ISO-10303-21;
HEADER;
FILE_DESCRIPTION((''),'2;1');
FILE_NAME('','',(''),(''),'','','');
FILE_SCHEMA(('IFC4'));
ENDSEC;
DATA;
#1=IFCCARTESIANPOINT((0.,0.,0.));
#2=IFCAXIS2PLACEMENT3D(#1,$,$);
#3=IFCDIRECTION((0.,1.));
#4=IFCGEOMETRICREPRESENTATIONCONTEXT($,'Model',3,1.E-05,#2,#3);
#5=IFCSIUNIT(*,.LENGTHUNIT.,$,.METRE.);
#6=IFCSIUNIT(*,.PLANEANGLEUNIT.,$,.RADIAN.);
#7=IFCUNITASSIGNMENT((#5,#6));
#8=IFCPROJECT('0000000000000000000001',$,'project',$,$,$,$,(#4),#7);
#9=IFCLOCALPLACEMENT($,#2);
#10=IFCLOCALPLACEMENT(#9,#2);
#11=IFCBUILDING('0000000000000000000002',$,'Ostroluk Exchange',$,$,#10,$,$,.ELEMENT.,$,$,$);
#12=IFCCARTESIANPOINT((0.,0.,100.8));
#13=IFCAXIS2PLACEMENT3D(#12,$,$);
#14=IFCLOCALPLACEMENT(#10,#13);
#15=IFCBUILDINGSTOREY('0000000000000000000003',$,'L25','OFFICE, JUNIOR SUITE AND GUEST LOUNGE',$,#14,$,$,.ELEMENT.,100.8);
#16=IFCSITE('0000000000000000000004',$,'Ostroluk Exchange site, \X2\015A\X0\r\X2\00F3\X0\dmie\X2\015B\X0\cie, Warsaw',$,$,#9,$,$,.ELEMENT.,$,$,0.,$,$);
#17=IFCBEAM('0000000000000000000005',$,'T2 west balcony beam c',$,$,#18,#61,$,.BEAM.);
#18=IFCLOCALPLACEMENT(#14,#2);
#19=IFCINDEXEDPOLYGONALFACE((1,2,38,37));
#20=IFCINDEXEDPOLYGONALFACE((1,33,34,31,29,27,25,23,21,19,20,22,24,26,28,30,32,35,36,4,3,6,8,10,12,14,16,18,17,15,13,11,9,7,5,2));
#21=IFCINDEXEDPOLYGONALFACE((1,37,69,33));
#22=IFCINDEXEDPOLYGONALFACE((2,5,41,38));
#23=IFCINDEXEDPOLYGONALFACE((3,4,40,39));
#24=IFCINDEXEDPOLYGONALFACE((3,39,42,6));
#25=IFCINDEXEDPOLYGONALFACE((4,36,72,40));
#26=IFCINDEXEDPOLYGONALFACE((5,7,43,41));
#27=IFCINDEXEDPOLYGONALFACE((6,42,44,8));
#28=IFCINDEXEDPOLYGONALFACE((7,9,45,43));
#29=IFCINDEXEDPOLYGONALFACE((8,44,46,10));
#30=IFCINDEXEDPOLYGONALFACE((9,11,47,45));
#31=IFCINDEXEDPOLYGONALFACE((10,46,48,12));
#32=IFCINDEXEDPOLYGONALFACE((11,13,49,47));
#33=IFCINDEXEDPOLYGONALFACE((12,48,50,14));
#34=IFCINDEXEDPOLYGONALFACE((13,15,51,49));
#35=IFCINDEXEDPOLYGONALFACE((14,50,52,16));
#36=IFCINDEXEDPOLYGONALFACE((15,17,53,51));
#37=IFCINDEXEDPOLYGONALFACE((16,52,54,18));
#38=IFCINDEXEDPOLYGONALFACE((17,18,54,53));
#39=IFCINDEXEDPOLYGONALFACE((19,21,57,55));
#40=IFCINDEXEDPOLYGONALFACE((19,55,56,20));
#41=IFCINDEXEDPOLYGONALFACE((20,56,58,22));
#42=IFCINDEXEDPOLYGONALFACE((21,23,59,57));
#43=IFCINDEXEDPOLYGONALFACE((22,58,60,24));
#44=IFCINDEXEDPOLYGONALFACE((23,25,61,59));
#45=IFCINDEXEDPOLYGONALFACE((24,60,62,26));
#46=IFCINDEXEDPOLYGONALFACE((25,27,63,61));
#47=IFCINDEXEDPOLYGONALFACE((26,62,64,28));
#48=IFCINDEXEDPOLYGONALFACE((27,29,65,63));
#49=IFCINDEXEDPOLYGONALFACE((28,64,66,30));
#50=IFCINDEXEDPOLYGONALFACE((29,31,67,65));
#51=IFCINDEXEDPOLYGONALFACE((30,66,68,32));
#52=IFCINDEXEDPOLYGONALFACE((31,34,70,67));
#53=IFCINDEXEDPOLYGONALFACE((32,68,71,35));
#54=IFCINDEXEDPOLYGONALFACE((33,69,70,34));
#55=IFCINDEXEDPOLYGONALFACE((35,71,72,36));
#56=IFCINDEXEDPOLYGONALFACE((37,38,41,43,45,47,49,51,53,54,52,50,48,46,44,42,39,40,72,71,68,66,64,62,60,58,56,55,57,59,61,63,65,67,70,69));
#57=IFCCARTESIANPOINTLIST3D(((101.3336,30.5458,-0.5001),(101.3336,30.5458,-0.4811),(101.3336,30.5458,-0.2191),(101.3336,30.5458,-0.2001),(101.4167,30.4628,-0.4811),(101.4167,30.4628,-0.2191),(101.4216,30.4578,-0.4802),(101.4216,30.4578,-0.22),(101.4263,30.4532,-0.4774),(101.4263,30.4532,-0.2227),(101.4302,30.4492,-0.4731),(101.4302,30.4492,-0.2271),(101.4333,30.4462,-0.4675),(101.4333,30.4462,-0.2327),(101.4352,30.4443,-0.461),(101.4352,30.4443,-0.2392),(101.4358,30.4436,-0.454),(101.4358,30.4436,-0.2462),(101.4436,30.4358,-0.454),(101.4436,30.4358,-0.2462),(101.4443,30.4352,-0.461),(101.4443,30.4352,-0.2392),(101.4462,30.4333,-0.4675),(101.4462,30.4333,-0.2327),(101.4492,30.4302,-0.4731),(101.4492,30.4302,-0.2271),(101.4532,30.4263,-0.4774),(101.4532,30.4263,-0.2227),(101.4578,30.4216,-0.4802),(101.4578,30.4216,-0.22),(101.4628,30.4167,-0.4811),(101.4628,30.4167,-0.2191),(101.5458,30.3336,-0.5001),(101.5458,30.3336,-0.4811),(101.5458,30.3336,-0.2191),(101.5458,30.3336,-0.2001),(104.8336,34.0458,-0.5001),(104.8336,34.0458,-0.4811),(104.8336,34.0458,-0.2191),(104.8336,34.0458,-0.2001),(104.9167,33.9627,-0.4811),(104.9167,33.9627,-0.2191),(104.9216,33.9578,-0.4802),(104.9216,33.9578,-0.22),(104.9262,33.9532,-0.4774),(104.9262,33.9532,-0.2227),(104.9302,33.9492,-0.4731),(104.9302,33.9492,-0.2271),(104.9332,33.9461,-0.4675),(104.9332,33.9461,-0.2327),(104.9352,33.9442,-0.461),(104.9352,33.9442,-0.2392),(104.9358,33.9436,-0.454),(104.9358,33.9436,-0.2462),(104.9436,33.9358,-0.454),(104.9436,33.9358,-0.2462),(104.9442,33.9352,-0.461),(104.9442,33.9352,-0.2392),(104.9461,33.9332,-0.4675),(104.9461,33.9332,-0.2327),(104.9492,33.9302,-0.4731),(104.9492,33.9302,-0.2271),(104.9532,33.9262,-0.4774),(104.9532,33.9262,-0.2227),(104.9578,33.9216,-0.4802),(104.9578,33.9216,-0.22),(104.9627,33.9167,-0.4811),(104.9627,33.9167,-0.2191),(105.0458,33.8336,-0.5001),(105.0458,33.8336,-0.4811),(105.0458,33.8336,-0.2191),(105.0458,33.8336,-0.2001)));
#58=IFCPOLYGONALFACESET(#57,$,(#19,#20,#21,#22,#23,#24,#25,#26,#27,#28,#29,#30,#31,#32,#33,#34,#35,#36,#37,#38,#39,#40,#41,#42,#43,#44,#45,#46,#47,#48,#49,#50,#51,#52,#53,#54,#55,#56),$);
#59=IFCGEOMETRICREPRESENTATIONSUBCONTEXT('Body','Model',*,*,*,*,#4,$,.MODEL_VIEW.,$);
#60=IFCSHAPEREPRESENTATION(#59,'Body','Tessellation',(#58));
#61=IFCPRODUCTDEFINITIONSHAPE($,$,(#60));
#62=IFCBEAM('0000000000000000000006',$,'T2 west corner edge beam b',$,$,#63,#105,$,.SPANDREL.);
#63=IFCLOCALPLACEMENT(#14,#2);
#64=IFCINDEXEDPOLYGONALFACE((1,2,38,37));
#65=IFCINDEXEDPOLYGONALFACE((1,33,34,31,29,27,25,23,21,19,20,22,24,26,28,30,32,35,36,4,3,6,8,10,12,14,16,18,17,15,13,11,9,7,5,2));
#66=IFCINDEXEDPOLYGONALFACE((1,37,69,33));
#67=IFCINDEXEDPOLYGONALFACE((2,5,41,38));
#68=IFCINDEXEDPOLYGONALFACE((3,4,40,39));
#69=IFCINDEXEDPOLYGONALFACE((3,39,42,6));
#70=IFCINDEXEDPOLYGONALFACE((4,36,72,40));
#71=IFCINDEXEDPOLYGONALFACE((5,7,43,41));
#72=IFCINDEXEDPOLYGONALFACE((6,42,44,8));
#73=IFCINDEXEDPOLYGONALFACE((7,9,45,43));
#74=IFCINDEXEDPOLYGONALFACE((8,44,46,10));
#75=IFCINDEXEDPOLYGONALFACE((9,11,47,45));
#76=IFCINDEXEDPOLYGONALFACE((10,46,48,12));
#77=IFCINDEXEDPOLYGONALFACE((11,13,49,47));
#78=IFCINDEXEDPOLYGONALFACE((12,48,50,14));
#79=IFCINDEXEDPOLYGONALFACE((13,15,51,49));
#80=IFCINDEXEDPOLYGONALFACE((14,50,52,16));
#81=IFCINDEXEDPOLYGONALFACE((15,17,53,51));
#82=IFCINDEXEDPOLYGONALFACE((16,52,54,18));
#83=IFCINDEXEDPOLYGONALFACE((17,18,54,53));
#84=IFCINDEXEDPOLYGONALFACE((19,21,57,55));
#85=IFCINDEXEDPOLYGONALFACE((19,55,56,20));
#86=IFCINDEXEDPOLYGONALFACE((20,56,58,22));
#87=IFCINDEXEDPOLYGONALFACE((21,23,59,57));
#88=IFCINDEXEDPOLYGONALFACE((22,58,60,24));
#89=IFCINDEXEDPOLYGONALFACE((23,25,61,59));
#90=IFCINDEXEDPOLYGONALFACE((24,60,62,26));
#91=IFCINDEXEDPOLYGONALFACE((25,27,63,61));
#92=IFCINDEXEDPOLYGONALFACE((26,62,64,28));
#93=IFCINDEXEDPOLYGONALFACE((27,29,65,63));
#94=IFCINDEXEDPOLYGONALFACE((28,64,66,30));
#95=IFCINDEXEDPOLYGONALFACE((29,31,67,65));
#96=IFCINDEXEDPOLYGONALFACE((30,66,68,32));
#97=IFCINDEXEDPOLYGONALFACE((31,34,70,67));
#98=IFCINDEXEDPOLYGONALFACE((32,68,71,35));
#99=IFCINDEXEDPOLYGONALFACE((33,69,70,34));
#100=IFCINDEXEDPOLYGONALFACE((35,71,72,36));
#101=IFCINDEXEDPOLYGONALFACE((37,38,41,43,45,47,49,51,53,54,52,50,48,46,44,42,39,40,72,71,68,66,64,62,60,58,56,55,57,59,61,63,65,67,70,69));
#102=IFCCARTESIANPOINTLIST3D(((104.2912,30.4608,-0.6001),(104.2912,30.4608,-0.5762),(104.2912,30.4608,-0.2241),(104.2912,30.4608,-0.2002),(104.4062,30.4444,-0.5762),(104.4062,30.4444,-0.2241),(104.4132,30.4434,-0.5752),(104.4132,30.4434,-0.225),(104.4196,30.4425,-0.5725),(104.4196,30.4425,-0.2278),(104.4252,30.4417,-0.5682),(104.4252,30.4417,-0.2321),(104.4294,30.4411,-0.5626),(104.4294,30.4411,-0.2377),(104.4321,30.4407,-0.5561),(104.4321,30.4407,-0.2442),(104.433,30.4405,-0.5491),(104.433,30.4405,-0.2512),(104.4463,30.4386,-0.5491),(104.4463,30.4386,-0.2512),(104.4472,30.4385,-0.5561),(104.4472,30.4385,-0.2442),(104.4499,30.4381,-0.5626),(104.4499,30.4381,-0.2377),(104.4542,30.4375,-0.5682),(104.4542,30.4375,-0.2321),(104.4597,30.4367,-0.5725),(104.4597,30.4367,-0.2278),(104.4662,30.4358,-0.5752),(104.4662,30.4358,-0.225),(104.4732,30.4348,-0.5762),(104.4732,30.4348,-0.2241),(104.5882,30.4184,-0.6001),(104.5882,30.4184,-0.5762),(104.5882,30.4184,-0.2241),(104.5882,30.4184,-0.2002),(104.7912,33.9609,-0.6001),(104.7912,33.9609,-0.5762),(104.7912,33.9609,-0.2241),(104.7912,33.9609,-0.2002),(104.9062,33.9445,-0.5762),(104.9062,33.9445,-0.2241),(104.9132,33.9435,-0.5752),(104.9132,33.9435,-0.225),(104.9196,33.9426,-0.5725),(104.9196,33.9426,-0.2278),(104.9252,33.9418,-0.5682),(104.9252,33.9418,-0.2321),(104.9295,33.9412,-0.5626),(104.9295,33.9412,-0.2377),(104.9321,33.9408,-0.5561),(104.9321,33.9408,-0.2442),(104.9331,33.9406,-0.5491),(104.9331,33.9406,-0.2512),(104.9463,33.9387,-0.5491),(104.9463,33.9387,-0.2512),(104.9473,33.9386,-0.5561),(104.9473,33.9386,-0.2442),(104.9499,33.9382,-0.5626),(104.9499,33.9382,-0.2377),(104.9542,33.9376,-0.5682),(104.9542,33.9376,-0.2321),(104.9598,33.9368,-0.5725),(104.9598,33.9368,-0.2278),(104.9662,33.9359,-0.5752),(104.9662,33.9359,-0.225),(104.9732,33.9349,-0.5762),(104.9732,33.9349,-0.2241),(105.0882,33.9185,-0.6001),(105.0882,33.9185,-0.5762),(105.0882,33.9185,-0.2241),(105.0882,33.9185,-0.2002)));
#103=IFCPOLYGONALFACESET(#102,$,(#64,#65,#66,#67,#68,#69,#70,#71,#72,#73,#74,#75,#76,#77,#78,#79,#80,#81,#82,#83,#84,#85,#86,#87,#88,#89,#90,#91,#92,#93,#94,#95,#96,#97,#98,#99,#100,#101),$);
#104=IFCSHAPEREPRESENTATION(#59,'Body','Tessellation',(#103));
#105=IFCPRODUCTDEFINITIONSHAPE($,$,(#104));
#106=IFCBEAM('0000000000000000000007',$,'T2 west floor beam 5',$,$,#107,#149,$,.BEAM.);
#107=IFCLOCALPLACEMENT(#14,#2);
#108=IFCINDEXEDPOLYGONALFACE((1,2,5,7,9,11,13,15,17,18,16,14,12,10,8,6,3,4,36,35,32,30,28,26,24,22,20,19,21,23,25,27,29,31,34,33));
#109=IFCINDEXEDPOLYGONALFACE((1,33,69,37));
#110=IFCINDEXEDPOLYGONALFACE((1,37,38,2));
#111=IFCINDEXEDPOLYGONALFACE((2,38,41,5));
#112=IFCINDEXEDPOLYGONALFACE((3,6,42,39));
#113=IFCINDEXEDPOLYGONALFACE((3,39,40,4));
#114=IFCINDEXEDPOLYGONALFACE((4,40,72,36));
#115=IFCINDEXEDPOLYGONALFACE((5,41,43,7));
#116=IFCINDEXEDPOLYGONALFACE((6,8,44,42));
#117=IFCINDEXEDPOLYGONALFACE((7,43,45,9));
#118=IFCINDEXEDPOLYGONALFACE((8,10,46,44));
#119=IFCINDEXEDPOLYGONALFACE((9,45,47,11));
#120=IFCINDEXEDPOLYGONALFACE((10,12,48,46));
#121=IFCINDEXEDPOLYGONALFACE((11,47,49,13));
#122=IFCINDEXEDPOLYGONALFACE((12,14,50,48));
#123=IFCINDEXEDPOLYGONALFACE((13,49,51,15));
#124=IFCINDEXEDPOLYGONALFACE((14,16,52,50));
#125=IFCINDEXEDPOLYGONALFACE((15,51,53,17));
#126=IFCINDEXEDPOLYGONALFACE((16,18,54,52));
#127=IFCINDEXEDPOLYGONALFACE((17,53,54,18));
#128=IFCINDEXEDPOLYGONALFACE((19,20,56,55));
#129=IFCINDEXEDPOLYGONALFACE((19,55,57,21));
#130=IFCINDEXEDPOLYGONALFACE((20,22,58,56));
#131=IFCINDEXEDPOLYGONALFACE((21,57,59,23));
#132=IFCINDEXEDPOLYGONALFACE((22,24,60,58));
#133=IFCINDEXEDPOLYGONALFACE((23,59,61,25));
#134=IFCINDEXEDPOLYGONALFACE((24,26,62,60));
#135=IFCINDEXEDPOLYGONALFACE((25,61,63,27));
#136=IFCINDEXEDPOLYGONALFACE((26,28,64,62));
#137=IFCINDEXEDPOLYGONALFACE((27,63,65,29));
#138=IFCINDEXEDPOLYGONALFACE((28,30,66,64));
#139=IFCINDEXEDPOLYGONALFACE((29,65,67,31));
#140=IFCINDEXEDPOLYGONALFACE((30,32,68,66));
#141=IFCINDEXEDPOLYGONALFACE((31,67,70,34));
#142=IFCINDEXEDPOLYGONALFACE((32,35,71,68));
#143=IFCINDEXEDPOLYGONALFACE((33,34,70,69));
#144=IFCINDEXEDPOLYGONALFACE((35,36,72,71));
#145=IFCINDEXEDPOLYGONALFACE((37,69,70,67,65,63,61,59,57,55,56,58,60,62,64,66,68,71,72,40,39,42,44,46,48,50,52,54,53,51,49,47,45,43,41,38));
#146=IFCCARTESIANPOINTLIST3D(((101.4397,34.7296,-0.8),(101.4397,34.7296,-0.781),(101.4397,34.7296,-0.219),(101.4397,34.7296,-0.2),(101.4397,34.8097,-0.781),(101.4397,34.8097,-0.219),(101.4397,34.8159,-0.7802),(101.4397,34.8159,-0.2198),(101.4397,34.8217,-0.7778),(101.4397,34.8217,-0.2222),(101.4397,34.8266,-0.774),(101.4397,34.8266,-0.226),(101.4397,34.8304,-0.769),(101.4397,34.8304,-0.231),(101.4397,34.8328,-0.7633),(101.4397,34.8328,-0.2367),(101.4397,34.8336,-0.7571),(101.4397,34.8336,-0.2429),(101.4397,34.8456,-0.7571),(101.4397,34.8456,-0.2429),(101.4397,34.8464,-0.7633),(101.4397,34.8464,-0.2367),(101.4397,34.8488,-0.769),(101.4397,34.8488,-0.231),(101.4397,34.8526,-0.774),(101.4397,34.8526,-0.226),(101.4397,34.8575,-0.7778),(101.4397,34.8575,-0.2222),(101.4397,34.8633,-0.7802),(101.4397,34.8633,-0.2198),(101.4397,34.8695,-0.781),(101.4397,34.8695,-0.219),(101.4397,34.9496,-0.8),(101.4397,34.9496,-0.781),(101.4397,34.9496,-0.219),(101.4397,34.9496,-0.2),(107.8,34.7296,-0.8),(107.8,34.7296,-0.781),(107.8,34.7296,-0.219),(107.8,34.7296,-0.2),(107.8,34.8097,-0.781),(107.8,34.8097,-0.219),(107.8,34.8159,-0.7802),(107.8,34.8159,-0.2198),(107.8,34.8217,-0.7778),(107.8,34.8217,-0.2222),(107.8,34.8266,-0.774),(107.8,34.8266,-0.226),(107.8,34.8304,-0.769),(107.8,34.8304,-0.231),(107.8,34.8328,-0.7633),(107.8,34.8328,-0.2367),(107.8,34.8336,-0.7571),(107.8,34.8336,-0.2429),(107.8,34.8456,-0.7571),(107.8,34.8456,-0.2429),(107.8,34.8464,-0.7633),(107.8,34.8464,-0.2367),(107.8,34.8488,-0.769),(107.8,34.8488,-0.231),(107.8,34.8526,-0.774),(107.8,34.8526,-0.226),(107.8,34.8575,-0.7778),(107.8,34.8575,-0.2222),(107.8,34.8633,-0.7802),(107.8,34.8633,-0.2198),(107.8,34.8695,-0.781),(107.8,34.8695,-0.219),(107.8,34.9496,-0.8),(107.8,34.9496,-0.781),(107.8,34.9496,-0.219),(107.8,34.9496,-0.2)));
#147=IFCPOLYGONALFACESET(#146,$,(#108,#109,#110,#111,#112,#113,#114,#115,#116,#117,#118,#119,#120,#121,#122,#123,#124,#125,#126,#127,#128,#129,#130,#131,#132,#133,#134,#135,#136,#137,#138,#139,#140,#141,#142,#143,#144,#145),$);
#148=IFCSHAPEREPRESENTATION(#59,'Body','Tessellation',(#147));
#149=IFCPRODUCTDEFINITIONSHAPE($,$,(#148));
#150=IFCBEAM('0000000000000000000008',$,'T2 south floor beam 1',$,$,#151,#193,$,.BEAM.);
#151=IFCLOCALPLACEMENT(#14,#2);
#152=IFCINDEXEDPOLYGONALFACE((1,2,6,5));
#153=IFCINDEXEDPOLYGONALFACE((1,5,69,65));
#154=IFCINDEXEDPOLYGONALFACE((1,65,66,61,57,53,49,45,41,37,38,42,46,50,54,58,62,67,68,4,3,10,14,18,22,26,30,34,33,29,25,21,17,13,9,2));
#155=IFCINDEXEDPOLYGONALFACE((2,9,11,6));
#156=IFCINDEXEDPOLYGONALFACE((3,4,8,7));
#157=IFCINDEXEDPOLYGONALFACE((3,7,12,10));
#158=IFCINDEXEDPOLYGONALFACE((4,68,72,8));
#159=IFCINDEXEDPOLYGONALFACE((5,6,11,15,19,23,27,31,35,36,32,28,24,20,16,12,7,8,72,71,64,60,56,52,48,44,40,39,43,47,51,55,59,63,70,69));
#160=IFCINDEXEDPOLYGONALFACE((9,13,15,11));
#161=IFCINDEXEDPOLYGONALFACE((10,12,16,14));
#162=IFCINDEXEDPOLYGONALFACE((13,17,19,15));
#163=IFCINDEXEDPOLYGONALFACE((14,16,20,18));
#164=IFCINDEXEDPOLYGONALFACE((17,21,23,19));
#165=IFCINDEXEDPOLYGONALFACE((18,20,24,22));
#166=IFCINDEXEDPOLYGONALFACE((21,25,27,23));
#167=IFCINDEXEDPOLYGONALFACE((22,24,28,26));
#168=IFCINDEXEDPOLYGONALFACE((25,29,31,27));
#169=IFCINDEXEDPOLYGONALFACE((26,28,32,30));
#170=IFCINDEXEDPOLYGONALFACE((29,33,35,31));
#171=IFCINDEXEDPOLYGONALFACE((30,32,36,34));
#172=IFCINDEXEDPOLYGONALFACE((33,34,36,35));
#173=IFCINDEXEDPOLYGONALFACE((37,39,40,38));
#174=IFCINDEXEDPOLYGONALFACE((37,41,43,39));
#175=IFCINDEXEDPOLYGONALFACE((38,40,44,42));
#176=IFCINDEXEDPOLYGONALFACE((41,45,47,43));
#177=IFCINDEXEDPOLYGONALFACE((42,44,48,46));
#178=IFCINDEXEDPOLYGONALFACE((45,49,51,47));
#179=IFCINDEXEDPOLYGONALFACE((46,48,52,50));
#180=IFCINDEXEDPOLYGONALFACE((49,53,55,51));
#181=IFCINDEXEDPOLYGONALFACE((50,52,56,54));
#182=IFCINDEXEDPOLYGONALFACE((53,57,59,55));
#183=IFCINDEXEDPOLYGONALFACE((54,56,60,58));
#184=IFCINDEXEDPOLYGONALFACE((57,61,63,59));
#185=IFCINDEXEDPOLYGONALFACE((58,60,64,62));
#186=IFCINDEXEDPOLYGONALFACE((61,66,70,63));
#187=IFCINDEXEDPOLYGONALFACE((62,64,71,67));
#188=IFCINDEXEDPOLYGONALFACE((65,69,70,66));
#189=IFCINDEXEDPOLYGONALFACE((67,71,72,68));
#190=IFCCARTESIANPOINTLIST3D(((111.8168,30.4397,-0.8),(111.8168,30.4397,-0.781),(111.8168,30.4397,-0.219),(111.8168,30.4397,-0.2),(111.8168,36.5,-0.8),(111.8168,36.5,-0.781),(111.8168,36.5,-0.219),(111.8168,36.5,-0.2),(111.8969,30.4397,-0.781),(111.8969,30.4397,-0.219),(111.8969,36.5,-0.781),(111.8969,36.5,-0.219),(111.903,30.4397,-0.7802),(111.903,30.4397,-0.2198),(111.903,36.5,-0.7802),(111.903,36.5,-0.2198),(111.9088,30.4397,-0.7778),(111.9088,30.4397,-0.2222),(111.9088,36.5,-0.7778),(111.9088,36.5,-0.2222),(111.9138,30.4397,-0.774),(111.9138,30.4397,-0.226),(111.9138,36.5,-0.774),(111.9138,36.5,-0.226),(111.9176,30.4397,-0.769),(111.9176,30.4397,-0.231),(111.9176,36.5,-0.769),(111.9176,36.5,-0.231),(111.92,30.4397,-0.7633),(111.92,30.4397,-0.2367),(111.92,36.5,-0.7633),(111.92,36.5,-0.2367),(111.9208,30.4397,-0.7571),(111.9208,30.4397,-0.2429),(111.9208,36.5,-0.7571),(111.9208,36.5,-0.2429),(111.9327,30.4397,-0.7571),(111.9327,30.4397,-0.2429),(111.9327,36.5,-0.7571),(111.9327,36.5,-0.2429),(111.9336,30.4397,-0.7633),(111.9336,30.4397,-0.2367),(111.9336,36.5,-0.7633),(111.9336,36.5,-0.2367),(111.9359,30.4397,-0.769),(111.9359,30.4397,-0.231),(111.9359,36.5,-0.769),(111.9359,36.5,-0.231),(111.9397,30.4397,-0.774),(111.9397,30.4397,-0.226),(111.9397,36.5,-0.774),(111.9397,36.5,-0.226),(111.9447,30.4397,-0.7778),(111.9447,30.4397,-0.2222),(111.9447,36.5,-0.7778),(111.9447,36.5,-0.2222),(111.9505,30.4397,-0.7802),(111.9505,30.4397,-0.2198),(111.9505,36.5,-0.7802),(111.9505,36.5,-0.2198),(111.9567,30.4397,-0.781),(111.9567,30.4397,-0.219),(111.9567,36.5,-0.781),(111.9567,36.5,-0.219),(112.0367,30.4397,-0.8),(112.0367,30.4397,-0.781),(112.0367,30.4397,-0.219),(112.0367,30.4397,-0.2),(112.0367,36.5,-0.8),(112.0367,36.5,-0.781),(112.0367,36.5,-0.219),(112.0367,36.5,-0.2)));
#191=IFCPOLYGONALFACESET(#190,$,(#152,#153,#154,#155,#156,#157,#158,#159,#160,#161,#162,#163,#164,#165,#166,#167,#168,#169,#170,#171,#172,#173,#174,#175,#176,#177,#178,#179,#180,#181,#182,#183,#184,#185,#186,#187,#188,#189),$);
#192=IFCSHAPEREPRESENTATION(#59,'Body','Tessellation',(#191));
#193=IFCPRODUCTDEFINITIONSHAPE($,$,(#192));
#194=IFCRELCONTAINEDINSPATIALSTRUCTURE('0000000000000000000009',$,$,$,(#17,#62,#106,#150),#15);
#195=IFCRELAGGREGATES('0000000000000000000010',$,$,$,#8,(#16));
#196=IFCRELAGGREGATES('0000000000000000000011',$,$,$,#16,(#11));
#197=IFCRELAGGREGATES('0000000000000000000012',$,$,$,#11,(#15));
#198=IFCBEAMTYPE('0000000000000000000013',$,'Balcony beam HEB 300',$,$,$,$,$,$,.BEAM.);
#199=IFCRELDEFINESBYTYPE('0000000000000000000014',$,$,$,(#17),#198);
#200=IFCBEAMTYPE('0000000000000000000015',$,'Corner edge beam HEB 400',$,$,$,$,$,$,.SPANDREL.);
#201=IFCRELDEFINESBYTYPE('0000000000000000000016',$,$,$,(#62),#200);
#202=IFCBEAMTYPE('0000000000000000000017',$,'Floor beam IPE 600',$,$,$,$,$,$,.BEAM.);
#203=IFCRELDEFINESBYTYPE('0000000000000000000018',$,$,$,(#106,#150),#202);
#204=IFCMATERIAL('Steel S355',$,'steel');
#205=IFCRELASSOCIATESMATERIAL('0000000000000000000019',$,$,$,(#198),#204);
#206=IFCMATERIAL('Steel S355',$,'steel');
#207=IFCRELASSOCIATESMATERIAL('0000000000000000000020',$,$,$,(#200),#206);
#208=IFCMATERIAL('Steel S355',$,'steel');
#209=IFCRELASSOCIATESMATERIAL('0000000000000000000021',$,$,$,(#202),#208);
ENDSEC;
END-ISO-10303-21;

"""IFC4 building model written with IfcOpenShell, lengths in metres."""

from ifc_helpers import new_model, si_unit, direction, frame, origin, origin_2d, place, context, subcontext, project, spatial, i_section, extrude, material, material_profile, profile_set, type_object, element, save


model = new_model("IFC4")

# Units and contexts
model_context = context("Model", 3, precision=1e-05, world=origin(), true_north=direction((0.0, 1.0)))
body_context = subcontext(model_context, "Body", "Model", "MODEL_VIEW")
ifc_project = project(units=[si_unit("LENGTHUNIT", "METRE"), si_unit("PLANEANGLEUNIT", "RADIAN")], contexts=[model_context])

# Site, building, storey
site_placement = place(None, origin())
site = spatial("IfcSite", under=ifc_project, at=site_placement, Name="Ostroluk Exchange site, Śródmieście, Warsaw", CompositionType="ELEMENT", RefElevation=0.0)
building_placement = place(site_placement, origin())
building = spatial("IfcBuilding", under=site, at=building_placement, Name="Ostroluk Exchange", CompositionType="ELEMENT")
storey_placement = place(building_placement, frame((0.0, 0.0, 100.8)))
storey = spatial("IfcBuildingStorey", under=building, at=storey_placement, Name="L25", Description="OFFICE, JUNIOR SUITE AND GUEST LOUNGE", CompositionType="ELEMENT", Elevation=100.8)

# Beams
ifc_material_1 = material(Name="Steel S355", Category="steel")
ifc_material_profile_1 = material_profile(ifc_material_1, i_section(OverallWidth=0.3, OverallDepth=0.3, WebThickness=0.011, FlangeThickness=0.019, FilletRadius=0.0271, at=origin_2d()), Name="HEB 300")
ifc_profile_set_1 = profile_set([ifc_material_profile_1], Name="Steel S355")
beam_type_1 = type_object("IfcBeamType", Name="Balcony beam HEB 300", PredefinedType="BEAM", material=ifc_profile_set_1)
beam_1_placement = place(storey_placement, frame((104.9397, 33.9397, -0.3501), z_axis=(-0.707107, -0.707107, 0.0), x_axis=(0.707107, -0.707107, 0.0)))
element("IfcBeam", 1, at=beam_1_placement, inside=storey, type_object=beam_type_1, Name="T2 west balcony beam c", PredefinedType="BEAM", context=body_context, shape_type="SweptSolid", body=[
    extrude(i_section(OverallWidth=0.3, OverallDepth=0.3, WebThickness=0.011, FlangeThickness=0.019, FilletRadius=0.0271, at=origin_2d()), origin(), (0.0, 0.0, 1.0), 4.9497),
])
ifc_material_2 = material(Name="Steel S355", Category="steel")
ifc_material_profile_2 = material_profile(ifc_material_2, i_section(OverallWidth=0.3, OverallDepth=0.3999, WebThickness=0.0134, FlangeThickness=0.0239, FilletRadius=0.0271, at=origin_2d()), Name="HEB 400")
ifc_profile_set_2 = profile_set([ifc_material_profile_2], Name="Steel S355")
beam_type_2 = type_object("IfcBeamType", Name="Corner edge beam HEB 400", PredefinedType="SPANDREL", material=ifc_profile_set_2)
beam_2_placement = place(storey_placement, frame((104.9397, 33.9397, -0.4001), z_axis=(-0.141421, -0.989949, 0.0), x_axis=(0.989949, -0.141421, 0.0)))
element("IfcBeam", 2, at=beam_2_placement, inside=storey, type_object=beam_type_2, Name="T2 west corner edge beam b", PredefinedType="SPANDREL", context=body_context, shape_type="SweptSolid", body=[
    extrude(i_section(OverallWidth=0.3, OverallDepth=0.3999, WebThickness=0.0134, FlangeThickness=0.0239, FilletRadius=0.0271, at=origin_2d()), origin(), (0.0, 0.0, 1.0), 3.5356),
])
ifc_material_3 = material(Name="Steel S355", Category="steel")
ifc_material_profile_3 = material_profile(ifc_material_3, i_section(OverallWidth=0.22, OverallDepth=0.6001, WebThickness=0.012, FlangeThickness=0.019, FilletRadius=0.0239, at=origin_2d()), Name="IPE 600")
ifc_profile_set_3 = profile_set([ifc_material_profile_3], Name="Steel S355")
beam_type_3 = type_object("IfcBeamType", Name="Floor beam IPE 600", PredefinedType="BEAM", material=ifc_profile_set_3)
beam_3_placement = place(storey_placement, frame((107.8, 34.8396, -0.5), z_axis=(-1.0, 0.0, 0.0), x_axis=(0.0, -1.0, 0.0)))
element("IfcBeam", 3, at=beam_3_placement, inside=storey, type_object=beam_type_3, Name="T2 west floor beam 5", PredefinedType="BEAM", context=body_context, shape_type="SweptSolid", body=[
    extrude(i_section(OverallWidth=0.22, OverallDepth=0.6001, WebThickness=0.012, FlangeThickness=0.019, FilletRadius=0.0239, at=origin_2d()), origin(), (0.0, 0.0, 1.0), 6.3604),
])
beam_4_placement = place(storey_placement, frame((111.9268, 36.5, -0.5), z_axis=(0.0, -1.0, 0.0), x_axis=(1.0, 0.0, 0.0)))
element("IfcBeam", 4, at=beam_4_placement, inside=storey, type_object=beam_type_3, Name="T2 south floor beam 1", PredefinedType="BEAM", context=body_context, shape_type="SweptSolid", body=[
    extrude(i_section(OverallWidth=0.22, OverallDepth=0.6001, WebThickness=0.012, FlangeThickness=0.019, FilletRadius=0.0239, at=origin_2d()), origin(), (0.0, 0.0, 1.0), 6.0603),
])

save(model, "model.ifc")
